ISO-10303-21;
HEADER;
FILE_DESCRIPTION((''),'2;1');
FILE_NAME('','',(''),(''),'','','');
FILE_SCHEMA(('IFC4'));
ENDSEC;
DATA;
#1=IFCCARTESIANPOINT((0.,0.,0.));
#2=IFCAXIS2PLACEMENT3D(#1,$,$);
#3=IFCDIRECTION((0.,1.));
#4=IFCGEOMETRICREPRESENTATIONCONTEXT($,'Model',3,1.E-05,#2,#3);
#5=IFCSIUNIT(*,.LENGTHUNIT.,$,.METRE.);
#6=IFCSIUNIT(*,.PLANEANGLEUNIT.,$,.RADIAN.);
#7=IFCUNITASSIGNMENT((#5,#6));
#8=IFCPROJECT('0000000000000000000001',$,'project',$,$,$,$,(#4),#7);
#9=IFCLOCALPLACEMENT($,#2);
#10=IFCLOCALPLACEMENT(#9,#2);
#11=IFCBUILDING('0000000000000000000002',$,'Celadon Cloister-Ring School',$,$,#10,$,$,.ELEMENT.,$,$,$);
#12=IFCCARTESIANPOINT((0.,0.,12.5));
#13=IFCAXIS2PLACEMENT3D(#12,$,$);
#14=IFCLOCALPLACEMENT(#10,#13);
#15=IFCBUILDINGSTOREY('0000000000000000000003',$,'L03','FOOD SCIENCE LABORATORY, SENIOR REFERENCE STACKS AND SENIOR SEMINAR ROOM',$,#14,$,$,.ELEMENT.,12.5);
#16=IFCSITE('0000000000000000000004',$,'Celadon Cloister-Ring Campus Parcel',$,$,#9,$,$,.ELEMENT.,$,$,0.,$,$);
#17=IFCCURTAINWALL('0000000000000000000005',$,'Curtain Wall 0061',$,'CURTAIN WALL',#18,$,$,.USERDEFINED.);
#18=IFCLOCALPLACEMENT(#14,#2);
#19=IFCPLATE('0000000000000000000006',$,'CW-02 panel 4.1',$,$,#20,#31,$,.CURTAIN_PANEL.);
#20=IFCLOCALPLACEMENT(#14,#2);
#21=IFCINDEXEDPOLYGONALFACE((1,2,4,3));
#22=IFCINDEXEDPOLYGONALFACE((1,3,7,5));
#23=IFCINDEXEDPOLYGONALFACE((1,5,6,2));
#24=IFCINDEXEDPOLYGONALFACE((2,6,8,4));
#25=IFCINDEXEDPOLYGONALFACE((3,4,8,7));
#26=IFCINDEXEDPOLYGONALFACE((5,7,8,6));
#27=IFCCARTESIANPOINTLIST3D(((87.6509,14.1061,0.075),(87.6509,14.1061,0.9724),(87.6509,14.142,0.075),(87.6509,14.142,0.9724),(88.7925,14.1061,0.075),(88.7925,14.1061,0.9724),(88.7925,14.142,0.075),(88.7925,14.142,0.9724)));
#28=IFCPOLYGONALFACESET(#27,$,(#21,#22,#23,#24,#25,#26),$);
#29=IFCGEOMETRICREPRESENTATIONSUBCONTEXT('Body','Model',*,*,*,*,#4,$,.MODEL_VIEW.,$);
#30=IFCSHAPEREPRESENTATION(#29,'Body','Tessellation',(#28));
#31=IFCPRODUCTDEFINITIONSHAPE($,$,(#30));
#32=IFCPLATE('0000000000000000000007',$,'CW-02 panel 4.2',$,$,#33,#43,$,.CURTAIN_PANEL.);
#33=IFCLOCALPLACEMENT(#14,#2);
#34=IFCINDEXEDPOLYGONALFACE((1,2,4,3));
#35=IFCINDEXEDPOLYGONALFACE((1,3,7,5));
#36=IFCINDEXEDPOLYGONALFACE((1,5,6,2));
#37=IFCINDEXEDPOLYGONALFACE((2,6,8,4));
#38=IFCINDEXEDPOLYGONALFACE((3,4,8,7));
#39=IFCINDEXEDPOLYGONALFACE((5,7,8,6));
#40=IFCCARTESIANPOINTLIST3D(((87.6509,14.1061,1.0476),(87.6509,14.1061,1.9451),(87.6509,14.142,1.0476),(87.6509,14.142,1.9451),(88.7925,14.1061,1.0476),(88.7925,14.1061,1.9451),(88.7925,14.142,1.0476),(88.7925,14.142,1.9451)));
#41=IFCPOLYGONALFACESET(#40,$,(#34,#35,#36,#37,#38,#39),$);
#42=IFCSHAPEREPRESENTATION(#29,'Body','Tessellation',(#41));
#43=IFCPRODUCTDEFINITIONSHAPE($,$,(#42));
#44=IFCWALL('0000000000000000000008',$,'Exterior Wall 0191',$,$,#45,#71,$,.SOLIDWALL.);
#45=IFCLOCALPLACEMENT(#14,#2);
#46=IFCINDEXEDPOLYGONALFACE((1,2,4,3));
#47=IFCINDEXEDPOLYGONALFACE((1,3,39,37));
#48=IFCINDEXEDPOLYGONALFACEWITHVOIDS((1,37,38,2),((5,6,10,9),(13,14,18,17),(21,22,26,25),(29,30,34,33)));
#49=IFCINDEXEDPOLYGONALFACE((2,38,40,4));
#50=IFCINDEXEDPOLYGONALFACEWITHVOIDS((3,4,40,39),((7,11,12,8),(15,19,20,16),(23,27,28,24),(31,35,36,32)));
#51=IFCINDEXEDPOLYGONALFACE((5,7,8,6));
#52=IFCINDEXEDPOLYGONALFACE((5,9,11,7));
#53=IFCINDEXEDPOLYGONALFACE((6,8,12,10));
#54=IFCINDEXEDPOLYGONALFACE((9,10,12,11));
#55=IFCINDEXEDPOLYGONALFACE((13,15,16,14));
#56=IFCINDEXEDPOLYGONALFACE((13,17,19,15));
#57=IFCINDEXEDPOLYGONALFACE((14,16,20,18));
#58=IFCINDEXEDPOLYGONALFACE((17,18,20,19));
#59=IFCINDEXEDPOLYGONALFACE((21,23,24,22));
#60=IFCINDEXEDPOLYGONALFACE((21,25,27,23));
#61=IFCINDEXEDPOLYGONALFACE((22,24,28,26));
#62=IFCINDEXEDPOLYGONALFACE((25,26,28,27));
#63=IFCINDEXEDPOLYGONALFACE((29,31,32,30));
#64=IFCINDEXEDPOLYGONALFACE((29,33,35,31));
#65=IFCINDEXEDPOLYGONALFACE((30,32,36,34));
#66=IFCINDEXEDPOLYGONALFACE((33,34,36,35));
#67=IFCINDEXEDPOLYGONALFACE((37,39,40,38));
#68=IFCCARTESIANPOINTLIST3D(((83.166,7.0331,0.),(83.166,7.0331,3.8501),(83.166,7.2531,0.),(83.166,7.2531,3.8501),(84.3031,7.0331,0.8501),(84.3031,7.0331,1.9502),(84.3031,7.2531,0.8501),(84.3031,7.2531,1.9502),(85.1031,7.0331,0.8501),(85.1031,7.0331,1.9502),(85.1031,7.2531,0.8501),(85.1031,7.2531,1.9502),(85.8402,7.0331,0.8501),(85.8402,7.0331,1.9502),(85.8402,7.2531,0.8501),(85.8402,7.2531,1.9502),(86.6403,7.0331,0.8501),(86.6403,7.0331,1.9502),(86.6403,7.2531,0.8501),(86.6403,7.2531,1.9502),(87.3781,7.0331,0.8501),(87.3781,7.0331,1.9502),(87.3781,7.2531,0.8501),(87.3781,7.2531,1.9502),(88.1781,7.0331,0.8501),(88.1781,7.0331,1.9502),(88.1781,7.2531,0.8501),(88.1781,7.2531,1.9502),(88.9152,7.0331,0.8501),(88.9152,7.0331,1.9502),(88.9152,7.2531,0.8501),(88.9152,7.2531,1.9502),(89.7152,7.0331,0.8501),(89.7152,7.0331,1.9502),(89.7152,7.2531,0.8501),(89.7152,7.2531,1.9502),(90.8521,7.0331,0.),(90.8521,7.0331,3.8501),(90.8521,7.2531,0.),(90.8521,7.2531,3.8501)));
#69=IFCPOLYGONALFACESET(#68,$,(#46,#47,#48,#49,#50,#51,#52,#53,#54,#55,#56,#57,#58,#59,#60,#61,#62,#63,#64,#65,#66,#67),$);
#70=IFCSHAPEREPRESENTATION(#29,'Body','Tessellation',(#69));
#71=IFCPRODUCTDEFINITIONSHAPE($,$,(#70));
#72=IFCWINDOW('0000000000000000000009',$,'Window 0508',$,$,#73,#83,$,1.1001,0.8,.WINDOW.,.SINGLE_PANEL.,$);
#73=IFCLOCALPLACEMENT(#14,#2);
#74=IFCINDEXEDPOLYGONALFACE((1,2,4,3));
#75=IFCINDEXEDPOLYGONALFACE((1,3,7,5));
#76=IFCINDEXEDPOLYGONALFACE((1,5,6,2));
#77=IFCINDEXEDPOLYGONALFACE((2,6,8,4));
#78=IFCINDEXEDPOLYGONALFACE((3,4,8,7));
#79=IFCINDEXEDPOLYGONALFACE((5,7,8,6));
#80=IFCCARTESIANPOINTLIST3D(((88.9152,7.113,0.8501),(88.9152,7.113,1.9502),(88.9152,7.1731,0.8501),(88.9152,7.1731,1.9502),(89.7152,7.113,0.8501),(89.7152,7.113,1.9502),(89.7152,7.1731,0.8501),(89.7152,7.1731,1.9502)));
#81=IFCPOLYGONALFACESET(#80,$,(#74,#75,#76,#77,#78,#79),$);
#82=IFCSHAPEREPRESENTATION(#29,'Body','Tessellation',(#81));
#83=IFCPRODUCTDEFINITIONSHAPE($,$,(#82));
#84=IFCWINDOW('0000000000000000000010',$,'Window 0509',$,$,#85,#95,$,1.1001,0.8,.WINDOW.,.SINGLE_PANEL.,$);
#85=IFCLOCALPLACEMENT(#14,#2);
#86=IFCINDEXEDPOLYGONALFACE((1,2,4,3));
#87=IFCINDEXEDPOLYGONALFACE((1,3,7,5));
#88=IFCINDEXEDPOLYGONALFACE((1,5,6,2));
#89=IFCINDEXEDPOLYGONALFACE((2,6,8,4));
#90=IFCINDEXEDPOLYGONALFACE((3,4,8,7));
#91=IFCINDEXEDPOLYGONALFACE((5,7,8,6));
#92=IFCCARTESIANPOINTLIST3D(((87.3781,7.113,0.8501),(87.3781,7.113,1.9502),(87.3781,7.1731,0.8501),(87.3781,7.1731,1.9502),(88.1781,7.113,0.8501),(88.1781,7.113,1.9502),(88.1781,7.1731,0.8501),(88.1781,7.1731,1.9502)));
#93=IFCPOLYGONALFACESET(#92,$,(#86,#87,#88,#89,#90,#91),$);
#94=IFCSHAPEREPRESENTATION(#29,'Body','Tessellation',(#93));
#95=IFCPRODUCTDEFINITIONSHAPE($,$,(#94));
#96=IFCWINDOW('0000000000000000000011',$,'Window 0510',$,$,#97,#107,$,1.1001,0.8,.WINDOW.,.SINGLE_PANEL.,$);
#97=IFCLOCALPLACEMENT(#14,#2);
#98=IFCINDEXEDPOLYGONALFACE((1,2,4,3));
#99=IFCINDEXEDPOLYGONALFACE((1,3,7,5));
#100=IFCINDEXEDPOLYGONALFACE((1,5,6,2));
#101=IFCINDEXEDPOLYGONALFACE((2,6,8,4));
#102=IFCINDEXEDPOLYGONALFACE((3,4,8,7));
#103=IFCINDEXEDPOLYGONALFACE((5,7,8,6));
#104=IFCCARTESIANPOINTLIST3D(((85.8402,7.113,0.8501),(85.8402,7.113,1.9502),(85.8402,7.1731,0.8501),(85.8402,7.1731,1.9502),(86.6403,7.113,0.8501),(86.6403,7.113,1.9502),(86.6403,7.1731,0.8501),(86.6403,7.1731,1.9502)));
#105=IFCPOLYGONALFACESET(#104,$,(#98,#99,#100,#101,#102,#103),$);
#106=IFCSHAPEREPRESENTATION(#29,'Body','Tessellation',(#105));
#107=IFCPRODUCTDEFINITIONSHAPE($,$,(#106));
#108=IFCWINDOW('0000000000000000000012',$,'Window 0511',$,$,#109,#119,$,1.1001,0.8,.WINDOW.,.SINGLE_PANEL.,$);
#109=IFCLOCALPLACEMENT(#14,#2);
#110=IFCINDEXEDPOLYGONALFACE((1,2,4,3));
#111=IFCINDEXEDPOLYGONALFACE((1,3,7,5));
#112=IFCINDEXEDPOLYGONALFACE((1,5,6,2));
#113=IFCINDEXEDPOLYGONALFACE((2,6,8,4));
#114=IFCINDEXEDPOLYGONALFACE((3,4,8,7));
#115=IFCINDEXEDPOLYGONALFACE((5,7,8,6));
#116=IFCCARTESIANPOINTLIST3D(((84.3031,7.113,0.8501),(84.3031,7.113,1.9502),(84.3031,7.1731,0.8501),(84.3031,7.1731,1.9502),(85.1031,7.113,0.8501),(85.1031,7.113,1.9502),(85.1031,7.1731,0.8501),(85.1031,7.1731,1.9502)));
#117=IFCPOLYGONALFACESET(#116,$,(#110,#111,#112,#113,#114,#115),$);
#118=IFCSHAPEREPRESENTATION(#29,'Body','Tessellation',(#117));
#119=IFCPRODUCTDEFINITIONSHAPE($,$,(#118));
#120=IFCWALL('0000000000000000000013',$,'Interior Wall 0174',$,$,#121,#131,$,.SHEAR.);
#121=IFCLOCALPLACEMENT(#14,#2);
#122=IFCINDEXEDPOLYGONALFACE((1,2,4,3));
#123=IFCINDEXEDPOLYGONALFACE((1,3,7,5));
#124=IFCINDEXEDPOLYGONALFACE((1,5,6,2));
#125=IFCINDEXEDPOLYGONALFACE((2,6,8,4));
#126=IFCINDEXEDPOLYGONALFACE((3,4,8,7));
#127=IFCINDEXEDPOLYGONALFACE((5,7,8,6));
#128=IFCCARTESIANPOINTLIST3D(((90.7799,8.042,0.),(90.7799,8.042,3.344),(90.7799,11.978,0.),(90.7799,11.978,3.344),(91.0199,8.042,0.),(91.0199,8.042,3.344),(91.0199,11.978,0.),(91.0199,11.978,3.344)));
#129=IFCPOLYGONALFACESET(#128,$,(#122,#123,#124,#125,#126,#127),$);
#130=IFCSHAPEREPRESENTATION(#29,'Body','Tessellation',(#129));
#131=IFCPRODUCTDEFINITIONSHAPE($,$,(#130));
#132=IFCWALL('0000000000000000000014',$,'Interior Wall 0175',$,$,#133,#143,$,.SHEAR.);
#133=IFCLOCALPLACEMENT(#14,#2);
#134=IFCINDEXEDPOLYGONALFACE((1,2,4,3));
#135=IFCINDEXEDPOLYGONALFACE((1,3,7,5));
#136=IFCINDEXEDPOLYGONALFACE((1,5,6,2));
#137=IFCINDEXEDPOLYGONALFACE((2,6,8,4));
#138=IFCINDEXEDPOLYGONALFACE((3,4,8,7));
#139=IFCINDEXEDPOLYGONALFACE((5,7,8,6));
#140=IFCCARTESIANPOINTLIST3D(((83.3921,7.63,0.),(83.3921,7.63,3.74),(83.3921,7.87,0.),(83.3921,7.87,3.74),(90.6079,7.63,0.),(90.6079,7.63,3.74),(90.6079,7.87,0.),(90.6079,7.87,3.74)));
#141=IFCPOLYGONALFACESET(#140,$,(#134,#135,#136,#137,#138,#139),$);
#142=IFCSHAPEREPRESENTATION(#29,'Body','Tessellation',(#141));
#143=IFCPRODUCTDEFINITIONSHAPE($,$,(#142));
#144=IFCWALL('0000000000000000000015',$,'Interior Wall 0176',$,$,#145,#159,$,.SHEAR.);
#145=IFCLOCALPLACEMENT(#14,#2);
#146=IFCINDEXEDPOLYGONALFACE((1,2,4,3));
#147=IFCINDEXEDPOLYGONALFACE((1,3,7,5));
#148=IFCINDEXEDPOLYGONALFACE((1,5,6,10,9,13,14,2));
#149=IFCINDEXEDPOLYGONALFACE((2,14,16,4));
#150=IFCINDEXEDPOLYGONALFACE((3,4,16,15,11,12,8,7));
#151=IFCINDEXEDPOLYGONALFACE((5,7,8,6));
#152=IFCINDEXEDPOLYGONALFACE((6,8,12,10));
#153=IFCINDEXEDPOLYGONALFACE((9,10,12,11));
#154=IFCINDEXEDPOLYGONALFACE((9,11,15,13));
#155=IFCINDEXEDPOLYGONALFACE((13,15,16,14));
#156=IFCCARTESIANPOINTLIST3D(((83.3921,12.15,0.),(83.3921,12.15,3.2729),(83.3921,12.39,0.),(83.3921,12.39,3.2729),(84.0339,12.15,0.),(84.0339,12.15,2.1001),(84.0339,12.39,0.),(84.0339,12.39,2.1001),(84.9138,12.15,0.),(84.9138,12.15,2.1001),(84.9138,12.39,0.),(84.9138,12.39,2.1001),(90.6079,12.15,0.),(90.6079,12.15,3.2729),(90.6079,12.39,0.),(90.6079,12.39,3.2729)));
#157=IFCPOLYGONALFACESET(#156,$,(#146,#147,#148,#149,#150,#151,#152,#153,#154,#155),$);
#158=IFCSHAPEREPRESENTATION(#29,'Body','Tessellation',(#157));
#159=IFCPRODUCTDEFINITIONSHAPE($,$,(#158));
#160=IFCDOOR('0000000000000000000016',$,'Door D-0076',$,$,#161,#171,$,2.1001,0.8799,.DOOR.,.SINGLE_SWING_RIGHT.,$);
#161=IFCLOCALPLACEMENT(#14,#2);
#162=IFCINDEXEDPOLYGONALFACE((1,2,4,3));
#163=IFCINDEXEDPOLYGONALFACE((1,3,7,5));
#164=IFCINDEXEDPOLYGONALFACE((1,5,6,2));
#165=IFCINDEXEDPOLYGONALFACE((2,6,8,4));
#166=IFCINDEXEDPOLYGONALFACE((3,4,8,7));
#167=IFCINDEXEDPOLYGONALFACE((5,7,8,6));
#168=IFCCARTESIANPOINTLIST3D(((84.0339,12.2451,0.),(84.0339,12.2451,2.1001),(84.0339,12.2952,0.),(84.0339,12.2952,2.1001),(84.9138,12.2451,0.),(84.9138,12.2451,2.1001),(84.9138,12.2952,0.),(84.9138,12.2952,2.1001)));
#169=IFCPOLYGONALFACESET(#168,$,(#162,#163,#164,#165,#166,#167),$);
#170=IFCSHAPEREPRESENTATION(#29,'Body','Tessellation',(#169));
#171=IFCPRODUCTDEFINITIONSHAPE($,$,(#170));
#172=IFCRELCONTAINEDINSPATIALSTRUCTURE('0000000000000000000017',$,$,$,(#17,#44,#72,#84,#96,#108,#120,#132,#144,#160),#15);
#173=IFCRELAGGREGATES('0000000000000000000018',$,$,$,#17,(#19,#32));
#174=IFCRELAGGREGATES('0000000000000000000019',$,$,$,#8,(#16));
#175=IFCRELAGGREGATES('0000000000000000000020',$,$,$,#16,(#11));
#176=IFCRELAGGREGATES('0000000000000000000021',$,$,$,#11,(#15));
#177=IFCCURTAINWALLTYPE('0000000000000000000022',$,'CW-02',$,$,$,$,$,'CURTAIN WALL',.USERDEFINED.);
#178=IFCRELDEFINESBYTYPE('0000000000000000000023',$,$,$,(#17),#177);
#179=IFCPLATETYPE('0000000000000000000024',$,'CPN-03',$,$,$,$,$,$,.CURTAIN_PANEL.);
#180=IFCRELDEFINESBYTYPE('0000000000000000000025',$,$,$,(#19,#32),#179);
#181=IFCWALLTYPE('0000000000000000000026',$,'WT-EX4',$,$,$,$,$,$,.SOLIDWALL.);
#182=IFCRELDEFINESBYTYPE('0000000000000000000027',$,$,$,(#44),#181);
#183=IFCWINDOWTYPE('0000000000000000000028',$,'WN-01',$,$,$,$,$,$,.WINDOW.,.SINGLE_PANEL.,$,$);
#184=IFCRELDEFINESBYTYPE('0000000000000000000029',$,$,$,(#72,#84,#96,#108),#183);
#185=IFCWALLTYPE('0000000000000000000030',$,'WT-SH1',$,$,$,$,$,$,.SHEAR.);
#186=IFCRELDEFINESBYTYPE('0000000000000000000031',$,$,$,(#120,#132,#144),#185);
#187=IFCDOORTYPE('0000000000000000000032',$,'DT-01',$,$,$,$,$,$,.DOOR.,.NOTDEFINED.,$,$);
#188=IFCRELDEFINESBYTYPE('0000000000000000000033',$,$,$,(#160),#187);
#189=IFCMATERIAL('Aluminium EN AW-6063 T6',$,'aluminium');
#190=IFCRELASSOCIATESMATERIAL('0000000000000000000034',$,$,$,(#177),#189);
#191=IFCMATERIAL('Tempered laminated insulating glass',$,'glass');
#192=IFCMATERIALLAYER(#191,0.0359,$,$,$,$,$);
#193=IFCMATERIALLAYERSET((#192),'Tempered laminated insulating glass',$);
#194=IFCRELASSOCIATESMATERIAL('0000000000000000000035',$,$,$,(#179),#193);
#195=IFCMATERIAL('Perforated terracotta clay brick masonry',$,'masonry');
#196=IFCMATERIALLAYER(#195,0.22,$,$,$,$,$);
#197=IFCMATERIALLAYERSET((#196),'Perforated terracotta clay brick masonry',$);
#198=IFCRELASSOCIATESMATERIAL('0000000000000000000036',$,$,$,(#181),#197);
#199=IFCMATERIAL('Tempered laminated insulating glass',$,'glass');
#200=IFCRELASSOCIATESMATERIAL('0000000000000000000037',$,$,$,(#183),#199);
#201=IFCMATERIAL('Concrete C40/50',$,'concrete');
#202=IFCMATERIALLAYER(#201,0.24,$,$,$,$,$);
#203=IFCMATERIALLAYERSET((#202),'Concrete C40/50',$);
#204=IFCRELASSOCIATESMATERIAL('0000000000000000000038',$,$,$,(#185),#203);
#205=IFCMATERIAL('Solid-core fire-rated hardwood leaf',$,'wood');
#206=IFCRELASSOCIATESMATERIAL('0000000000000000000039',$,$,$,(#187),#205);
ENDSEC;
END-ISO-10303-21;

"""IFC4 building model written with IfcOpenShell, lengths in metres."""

from ifc_helpers import new_model, si_unit, direction, frame, frame_2d, origin, origin_2d, place, context, subcontext, project, spatial, rectangle, extrude, material, layer, layer_set, type_object, element, fill, aggregate, save


model = new_model("IFC4")

# Units and contexts
model_context = context("Model", 3, precision=1e-05, world=origin(), true_north=direction((0.0, 1.0)))
body_context = subcontext(model_context, "Body", "Model", "MODEL_VIEW")
ifc_project = project(units=[si_unit("LENGTHUNIT", "METRE"), si_unit("PLANEANGLEUNIT", "RADIAN")], contexts=[model_context])

# Site, building, storey
site_placement = place(None, origin())
site = spatial("IfcSite", under=ifc_project, at=site_placement, Name="Celadon Cloister-Ring Campus Parcel", CompositionType="ELEMENT", RefElevation=0.0)
building_placement = place(site_placement, origin())
building = spatial("IfcBuilding", under=site, at=building_placement, Name="Celadon Cloister-Ring School", CompositionType="ELEMENT")
storey_placement = place(building_placement, frame((0.0, 0.0, 12.5)))
storey = spatial("IfcBuildingStorey", under=building, at=storey_placement, Name="L03", Description="FOOD SCIENCE LABORATORY, SENIOR REFERENCE STACKS AND SENIOR SEMINAR ROOM", CompositionType="ELEMENT", Elevation=12.5)

# Curtain wall
ifc_material_1 = material(Name="Aluminium EN AW-6063 T6", Category="aluminium")
curtain_wall_type = type_object("IfcCurtainWallType", Name="CW-02", ElementType="CURTAIN WALL", PredefinedType="USERDEFINED", material=ifc_material_1)
curtain_wall_placement = place(storey_placement, origin())
curtain_wall = element("IfcCurtainWall", 1, at=curtain_wall_placement, inside=storey, type_object=curtain_wall_type, Name="Curtain Wall 0061", ObjectType="CURTAIN WALL", PredefinedType="USERDEFINED")

# Plates
ifc_material_2 = material(Name="Tempered laminated insulating glass", Category="glass")
ifc_layer_1 = layer(ifc_material_2, 0.0359)
ifc_layer_set_1 = layer_set([ifc_layer_1], Name="Tempered laminated insulating glass")
plate_type = type_object("IfcPlateType", Name="CPN-03", PredefinedType="CURTAIN_PANEL", material=ifc_layer_set_1)
plate_1_placement = place(storey_placement, frame((88.2217, 14.124, 0.075), z_axis=(0.0, 0.0, 1.0), x_axis=(1.0, 0.0, 0.0)))
plate_1 = element("IfcPlate", 2, at=plate_1_placement, type_object=plate_type, Name="CW-02 panel 4.1", PredefinedType="CURTAIN_PANEL", context=body_context, shape_type="SweptSolid", body=[
    extrude(rectangle(XDim=1.1416, YDim=0.0359, at=origin_2d()), origin(), (0.0, 0.0, 1.0), 0.8975),
])
plate_2_placement = place(storey_placement, frame((88.2217, 14.124, 1.0476), z_axis=(0.0, 0.0, 1.0), x_axis=(1.0, 0.0, 0.0)))
plate_2 = element("IfcPlate", 3, at=plate_2_placement, type_object=plate_type, Name="CW-02 panel 4.2", PredefinedType="CURTAIN_PANEL", context=body_context, shape_type="SweptSolid", body=[
    extrude(rectangle(XDim=1.1416, YDim=0.0359, at=origin_2d()), origin(), (0.0, 0.0, 1.0), 0.8975),
])
aggregate(curtain_wall, [plate_1, plate_2])

# Wall, openings, windows
ifc_material_3 = material(Name="Perforated terracotta clay brick masonry", Category="masonry")
ifc_layer_2 = layer(ifc_material_3, 0.22)
ifc_layer_set_2 = layer_set([ifc_layer_2], Name="Perforated terracotta clay brick masonry")
wall_type_1 = type_object("IfcWallType", Name="WT-EX4", PredefinedType="SOLIDWALL", material=ifc_layer_set_2)
wall_1_placement = place(storey_placement, frame((90.8521, 7.1431, 0.0), z_axis=(0.0, 0.0, 1.0), x_axis=(-1.0, 0.0, 0.0)))
wall_1 = element("IfcWall", 4, at=wall_1_placement, inside=storey, type_object=wall_type_1, Name="Exterior Wall 0191", PredefinedType="SOLIDWALL", context=body_context, shape_type="SweptSolid", body=[
    extrude(rectangle(XDim=7.686, YDim=0.22, at=frame_2d((3.843, 0.0))), origin(), (0.0, 0.0, 1.0), 3.8501),
])
opening_1_placement = place(wall_1_placement, frame((1.137, 0.0, 0.8501)))
opening_1 = element("IfcOpeningElement", 5, at=opening_1_placement, cuts=wall_1, PredefinedType="OPENING", context=body_context, shape_type="SweptSolid", body=[
    extrude(rectangle(XDim=0.8, YDim=1.1001, at=frame_2d((0.3999, 0.55))), frame((0.0, 0.1201, 0.0), z_axis=(0.0, -1.0, 0.0), x_axis=(1.0, 0.0, 0.0)), (0.0, 0.0, 1.0), 0.24),
])
opening_2_placement = place(wall_1_placement, frame((2.6741, 0.0, 0.8501)))
opening_2 = element("IfcOpeningElement", 6, at=opening_2_placement, cuts=wall_1, PredefinedType="OPENING", context=body_context, shape_type="SweptSolid", body=[
    extrude(rectangle(XDim=0.8, YDim=1.1001, at=frame_2d((0.3999, 0.55))), frame((0.0, 0.1201, 0.0), z_axis=(0.0, -1.0, 0.0), x_axis=(1.0, 0.0, 0.0)), (0.0, 0.0, 1.0), 0.24),
])
opening_3_placement = place(wall_1_placement, frame((4.2119, 0.0, 0.8501)))
opening_3 = element("IfcOpeningElement", 7, at=opening_3_placement, cuts=wall_1, PredefinedType="OPENING", context=body_context, shape_type="SweptSolid", body=[
    extrude(rectangle(XDim=0.8, YDim=1.1001, at=frame_2d((0.3999, 0.55))), frame((0.0, 0.1201, 0.0), z_axis=(0.0, -1.0, 0.0), x_axis=(1.0, 0.0, 0.0)), (0.0, 0.0, 1.0), 0.24),
])
opening_4_placement = place(wall_1_placement, frame((5.749, 0.0, 0.8501)))
opening_4 = element("IfcOpeningElement", 8, at=opening_4_placement, cuts=wall_1, PredefinedType="OPENING", context=body_context, shape_type="SweptSolid", body=[
    extrude(rectangle(XDim=0.8, YDim=1.1001, at=frame_2d((0.3999, 0.55))), frame((0.0, 0.1201, 0.0), z_axis=(0.0, -1.0, 0.0), x_axis=(1.0, 0.0, 0.0)), (0.0, 0.0, 1.0), 0.24),
])
ifc_material_4 = material(Name="Tempered laminated insulating glass", Category="glass")
window_type = type_object("IfcWindowType", Name="WN-01", PartitioningType="SINGLE_PANEL", PredefinedType="WINDOW", material=ifc_material_4)
window_1_placement = place(opening_1_placement, origin())
window_1 = element("IfcWindow", 9, at=window_1_placement, inside=storey, type_object=window_type, Name="Window 0508", OverallHeight=1.1001, OverallWidth=0.8, PartitioningType="SINGLE_PANEL", PredefinedType="WINDOW", context=body_context, shape_type="SweptSolid", body=[
    extrude(rectangle(XDim=0.8, YDim=1.1001, at=frame_2d((0.3999, 0.55))), frame((0.0, 0.03, 0.0), z_axis=(0.0, -1.0, 0.0), x_axis=(1.0, 0.0, 0.0)), (0.0, 0.0, 1.0), 0.0601),
])
fill(opening_1, window_1)
window_2_placement = place(opening_2_placement, origin())
window_2 = element("IfcWindow", 10, at=window_2_placement, inside=storey, type_object=window_type, Name="Window 0509", OverallHeight=1.1001, OverallWidth=0.8, PartitioningType="SINGLE_PANEL", PredefinedType="WINDOW", context=body_context, shape_type="SweptSolid", body=[
    extrude(rectangle(XDim=0.8, YDim=1.1001, at=frame_2d((0.3999, 0.55))), frame((0.0, 0.03, 0.0), z_axis=(0.0, -1.0, 0.0), x_axis=(1.0, 0.0, 0.0)), (0.0, 0.0, 1.0), 0.0601),
])
fill(opening_2, window_2)
window_3_placement = place(opening_3_placement, origin())
window_3 = element("IfcWindow", 11, at=window_3_placement, inside=storey, type_object=window_type, Name="Window 0510", OverallHeight=1.1001, OverallWidth=0.8, PartitioningType="SINGLE_PANEL", PredefinedType="WINDOW", context=body_context, shape_type="SweptSolid", body=[
    extrude(rectangle(XDim=0.8, YDim=1.1001, at=frame_2d((0.3999, 0.55))), frame((0.0, 0.03, 0.0), z_axis=(0.0, -1.0, 0.0), x_axis=(1.0, 0.0, 0.0)), (0.0, 0.0, 1.0), 0.0601),
])
fill(opening_3, window_3)
window_4_placement = place(opening_4_placement, origin())
window_4 = element("IfcWindow", 12, at=window_4_placement, inside=storey, type_object=window_type, Name="Window 0511", OverallHeight=1.1001, OverallWidth=0.8, PartitioningType="SINGLE_PANEL", PredefinedType="WINDOW", context=body_context, shape_type="SweptSolid", body=[
    extrude(rectangle(XDim=0.8, YDim=1.1001, at=frame_2d((0.3999, 0.55))), frame((0.0, 0.03, 0.0), z_axis=(0.0, -1.0, 0.0), x_axis=(1.0, 0.0, 0.0)), (0.0, 0.0, 1.0), 0.0601),
])
fill(opening_4, window_4)

# Walls
ifc_material_5 = material(Name="Concrete C40/50", Category="concrete")
ifc_layer_3 = layer(ifc_material_5, 0.24)
ifc_layer_set_3 = layer_set([ifc_layer_3], Name="Concrete C40/50")
wall_type_2 = type_object("IfcWallType", Name="WT-SH1", PredefinedType="SHEAR", material=ifc_layer_set_3)
wall_2_placement = place(storey_placement, frame((90.8999, 11.978, 0.0), z_axis=(0.0, 0.0, 1.0), x_axis=(0.0, -1.0, 0.0)))
element("IfcWall", 13, at=wall_2_placement, inside=storey, type_object=wall_type_2, Name="Interior Wall 0174", PredefinedType="SHEAR", context=body_context, shape_type="SweptSolid", body=[
    extrude(rectangle(XDim=3.936, YDim=0.24, at=frame_2d((1.968, 0.0))), origin(), (0.0, 0.0, 1.0), 3.344),
])
wall_3_placement = place(storey_placement, frame((90.6079, 7.75, 0.0), z_axis=(0.0, 0.0, 1.0), x_axis=(-1.0, 0.0, 0.0)))
element("IfcWall", 14, at=wall_3_placement, inside=storey, type_object=wall_type_2, Name="Interior Wall 0175", PredefinedType="SHEAR", context=body_context, shape_type="SweptSolid", body=[
    extrude(rectangle(XDim=7.2158, YDim=0.24, at=frame_2d((3.6079, 0.0))), origin(), (0.0, 0.0, 1.0), 3.74),
])

# Wall, opening, door
wall_4_placement = place(storey_placement, frame((90.6079, 12.27, 0.0), z_axis=(0.0, 0.0, 1.0), x_axis=(-1.0, 0.0, 0.0)))
wall_4 = element("IfcWall", 15, at=wall_4_placement, inside=storey, type_object=wall_type_2, Name="Interior Wall 0176", PredefinedType="SHEAR", context=body_context, shape_type="SweptSolid", body=[
    extrude(rectangle(XDim=7.2158, YDim=0.24, at=frame_2d((3.6079, 0.0))), origin(), (0.0, 0.0, 1.0), 3.2729),
])
opening_5_placement = place(wall_4_placement, frame((5.6941, 0.0, 0.0)))
opening_5 = element("IfcOpeningElement", 16, at=opening_5_placement, cuts=wall_4, PredefinedType="OPENING", context=body_context, shape_type="SweptSolid", body=[
    extrude(rectangle(XDim=0.8799, YDim=2.1001, at=frame_2d((0.4399, 1.05))), frame((0.0, 0.1299, 0.0), z_axis=(0.0, -1.0, 0.0), x_axis=(1.0, 0.0, 0.0)), (0.0, 0.0, 1.0), 0.26),
])
ifc_material_6 = material(Name="Solid-core fire-rated hardwood leaf", Category="wood")
door_type = type_object("IfcDoorType", Name="DT-01", OperationType="NOTDEFINED", PredefinedType="DOOR", material=ifc_material_6)
door_placement = place(opening_5_placement, origin())
door = element("IfcDoor", 17, at=door_placement, inside=storey, type_object=door_type, Name="Door D-0076", OperationType="SINGLE_SWING_RIGHT", OverallHeight=2.1001, OverallWidth=0.8799, PredefinedType="DOOR", context=body_context, shape_type="SweptSolid", body=[
    extrude(rectangle(XDim=0.8799, YDim=2.1001, at=frame_2d((0.4399, 1.05))), frame((0.0, 0.0249, 0.0), z_axis=(0.0, -1.0, 0.0), x_axis=(1.0, 0.0, 0.0)), (0.0, 0.0, 1.0), 0.05),
])
fill(opening_5, door)

save(model, "model.ifc")
